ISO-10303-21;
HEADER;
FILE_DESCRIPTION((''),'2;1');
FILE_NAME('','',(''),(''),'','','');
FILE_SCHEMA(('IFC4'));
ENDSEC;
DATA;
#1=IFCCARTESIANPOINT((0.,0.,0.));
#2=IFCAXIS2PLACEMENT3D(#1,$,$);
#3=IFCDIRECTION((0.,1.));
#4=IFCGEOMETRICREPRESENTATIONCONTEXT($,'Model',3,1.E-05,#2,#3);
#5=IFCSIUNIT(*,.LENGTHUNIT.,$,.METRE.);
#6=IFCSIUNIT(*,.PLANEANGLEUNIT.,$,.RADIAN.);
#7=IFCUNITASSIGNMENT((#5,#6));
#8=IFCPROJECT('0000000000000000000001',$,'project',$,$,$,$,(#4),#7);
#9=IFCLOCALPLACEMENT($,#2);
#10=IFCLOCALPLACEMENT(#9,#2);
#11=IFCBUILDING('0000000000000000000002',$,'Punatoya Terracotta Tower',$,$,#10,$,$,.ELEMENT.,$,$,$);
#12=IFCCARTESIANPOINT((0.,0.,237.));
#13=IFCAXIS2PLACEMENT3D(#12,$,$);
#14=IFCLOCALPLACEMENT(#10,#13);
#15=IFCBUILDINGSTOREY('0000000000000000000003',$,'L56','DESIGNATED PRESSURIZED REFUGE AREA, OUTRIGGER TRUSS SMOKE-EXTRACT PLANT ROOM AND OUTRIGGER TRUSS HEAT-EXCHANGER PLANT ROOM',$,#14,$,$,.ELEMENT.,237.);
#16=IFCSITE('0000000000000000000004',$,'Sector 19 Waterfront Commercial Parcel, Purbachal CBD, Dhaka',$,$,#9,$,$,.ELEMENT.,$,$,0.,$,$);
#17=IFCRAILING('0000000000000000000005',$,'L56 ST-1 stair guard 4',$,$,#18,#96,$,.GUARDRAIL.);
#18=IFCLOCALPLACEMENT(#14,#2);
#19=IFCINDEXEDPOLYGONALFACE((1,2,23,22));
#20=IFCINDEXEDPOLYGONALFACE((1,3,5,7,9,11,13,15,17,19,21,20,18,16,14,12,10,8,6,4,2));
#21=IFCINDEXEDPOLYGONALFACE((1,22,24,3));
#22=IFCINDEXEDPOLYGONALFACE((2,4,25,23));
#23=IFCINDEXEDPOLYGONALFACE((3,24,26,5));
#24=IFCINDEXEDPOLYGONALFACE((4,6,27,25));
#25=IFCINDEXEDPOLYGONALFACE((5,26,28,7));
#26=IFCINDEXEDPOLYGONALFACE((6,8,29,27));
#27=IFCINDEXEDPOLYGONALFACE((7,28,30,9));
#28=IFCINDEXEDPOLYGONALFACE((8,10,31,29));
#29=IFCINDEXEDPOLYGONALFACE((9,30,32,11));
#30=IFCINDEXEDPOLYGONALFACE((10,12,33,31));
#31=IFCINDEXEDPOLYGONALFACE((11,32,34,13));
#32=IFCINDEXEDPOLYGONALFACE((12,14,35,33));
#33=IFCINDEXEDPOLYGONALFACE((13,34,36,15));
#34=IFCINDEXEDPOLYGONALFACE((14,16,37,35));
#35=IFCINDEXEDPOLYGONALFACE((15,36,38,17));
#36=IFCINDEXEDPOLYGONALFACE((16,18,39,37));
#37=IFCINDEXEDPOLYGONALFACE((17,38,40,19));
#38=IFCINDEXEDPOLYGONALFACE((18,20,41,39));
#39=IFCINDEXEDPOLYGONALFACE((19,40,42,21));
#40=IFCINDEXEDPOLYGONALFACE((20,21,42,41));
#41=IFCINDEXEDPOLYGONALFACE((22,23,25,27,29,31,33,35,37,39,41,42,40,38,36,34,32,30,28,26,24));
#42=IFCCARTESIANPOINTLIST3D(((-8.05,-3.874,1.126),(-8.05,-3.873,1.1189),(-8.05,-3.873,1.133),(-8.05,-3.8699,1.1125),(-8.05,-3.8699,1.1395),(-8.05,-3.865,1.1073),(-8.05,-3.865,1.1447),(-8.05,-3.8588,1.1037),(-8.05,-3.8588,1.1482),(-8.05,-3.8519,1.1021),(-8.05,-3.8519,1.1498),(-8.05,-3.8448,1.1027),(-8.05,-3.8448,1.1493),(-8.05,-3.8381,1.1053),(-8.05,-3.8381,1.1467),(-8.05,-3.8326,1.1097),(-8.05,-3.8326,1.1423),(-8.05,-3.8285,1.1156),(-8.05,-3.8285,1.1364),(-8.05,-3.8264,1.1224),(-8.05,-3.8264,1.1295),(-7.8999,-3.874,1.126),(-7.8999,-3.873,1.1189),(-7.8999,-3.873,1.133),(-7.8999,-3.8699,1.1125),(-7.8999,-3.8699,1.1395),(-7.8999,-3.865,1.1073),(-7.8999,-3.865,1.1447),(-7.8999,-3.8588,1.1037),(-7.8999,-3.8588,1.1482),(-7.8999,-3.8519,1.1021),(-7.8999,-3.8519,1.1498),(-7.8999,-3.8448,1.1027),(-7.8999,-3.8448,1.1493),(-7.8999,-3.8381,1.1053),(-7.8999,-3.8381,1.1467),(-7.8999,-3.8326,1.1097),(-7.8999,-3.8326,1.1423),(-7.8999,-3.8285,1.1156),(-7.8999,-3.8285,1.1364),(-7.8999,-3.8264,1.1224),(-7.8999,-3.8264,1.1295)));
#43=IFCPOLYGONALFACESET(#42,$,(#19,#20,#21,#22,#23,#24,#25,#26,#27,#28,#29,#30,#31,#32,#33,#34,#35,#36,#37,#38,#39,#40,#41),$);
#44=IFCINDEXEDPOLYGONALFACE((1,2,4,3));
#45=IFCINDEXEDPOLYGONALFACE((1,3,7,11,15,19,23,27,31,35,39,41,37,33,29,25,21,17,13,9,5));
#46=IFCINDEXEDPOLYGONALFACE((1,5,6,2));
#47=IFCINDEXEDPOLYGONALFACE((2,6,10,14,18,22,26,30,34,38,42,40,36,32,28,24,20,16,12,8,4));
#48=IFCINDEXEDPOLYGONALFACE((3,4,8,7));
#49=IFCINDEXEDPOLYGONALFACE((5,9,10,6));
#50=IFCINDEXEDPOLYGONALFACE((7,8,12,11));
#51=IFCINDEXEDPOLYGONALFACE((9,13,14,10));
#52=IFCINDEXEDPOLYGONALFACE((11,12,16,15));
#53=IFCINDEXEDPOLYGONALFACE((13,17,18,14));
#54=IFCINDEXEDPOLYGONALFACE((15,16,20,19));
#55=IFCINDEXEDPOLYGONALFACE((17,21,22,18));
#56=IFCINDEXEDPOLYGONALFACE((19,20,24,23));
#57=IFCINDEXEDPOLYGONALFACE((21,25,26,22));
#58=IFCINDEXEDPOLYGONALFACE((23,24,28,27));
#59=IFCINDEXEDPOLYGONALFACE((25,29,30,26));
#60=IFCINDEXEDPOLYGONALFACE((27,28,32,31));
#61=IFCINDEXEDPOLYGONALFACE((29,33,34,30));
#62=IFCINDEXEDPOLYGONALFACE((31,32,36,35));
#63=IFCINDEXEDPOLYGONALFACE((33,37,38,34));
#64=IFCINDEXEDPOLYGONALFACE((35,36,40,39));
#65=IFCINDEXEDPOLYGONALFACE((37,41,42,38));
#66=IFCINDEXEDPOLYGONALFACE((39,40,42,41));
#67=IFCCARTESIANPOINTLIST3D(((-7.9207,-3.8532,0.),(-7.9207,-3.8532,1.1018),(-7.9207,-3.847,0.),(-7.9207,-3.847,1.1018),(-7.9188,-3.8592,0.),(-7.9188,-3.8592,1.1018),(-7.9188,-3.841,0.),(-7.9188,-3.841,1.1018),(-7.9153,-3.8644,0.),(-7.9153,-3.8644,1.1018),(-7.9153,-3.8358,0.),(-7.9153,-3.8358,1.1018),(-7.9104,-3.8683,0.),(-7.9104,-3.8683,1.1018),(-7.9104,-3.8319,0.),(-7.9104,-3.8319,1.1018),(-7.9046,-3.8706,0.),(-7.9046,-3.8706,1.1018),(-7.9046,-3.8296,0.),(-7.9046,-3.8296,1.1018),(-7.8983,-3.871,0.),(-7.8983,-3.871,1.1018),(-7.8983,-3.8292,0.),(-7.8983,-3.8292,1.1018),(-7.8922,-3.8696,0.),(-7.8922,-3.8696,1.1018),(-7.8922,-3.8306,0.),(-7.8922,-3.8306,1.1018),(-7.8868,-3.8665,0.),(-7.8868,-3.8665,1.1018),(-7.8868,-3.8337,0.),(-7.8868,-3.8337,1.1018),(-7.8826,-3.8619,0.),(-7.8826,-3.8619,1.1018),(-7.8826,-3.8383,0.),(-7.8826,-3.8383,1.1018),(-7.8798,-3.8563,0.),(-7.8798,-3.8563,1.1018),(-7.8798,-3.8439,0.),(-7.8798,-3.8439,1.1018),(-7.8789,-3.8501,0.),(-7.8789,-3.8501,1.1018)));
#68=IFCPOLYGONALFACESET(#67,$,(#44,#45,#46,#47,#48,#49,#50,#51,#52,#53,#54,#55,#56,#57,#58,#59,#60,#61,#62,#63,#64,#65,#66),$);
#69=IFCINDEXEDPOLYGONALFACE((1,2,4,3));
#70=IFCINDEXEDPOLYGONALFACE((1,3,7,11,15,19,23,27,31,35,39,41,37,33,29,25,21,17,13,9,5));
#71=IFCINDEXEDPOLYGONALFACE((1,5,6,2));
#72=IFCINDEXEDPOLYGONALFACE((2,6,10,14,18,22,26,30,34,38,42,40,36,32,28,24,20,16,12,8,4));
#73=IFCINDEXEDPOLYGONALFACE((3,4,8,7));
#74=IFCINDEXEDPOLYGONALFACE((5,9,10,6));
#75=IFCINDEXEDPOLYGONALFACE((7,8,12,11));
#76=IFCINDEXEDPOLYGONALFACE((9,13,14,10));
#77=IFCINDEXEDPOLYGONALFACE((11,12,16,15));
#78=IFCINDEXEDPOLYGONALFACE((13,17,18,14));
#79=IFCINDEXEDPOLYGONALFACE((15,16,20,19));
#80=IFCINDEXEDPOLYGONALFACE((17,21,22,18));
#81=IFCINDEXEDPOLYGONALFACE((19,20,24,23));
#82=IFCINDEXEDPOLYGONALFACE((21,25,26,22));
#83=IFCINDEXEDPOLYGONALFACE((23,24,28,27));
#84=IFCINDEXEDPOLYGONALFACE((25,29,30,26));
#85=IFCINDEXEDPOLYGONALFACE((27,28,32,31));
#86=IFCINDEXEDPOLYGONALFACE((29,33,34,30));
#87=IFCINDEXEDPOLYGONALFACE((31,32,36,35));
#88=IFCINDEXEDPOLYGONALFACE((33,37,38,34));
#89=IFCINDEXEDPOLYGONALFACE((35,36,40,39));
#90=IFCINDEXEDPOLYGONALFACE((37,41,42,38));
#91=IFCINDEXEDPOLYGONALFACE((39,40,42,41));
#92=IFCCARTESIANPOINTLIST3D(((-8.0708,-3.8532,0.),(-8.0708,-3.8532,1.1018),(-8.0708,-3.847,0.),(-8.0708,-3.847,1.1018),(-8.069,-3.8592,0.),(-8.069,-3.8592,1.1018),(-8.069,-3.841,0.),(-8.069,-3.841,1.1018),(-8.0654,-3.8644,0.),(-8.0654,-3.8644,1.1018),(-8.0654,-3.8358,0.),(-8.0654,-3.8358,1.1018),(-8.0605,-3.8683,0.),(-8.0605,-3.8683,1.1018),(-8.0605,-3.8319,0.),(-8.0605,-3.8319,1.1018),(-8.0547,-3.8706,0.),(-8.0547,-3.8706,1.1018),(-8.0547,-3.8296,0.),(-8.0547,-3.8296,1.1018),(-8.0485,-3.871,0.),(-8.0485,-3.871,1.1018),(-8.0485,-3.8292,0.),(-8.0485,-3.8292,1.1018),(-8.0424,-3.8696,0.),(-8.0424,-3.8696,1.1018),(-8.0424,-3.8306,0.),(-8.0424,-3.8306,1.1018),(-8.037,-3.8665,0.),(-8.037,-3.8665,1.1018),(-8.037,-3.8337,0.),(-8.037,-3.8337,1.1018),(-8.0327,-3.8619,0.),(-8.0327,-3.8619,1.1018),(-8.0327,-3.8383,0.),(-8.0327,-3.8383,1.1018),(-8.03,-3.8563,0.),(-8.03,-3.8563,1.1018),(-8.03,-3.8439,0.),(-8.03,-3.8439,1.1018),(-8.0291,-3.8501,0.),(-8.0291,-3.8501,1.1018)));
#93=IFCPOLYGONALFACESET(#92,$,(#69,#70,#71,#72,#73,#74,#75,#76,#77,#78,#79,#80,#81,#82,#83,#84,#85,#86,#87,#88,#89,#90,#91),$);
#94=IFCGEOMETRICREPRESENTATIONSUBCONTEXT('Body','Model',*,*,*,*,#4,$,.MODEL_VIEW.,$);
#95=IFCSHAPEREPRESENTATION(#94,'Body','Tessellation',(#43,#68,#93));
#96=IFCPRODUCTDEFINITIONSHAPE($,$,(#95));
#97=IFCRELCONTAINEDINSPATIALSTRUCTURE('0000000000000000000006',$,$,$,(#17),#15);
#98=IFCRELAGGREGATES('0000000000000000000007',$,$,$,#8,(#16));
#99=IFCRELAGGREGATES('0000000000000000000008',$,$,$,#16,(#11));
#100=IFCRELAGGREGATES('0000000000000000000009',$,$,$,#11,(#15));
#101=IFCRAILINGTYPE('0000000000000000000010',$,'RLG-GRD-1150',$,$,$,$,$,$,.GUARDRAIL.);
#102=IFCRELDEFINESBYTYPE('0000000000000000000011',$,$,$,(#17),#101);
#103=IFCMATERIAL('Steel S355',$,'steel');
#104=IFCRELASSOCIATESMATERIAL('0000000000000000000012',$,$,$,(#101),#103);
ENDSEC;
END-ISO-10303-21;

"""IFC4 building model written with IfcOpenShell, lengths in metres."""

from ifc_helpers import new_model, si_unit, direction, frame, origin, origin_2d, place, context, subcontext, project, spatial, circle, extrude, material, type_object, element, save


model = new_model("IFC4")

# Units and contexts
model_context = context("Model", 3, precision=1e-05, world=origin(), true_north=direction((0.0, 1.0)))
body_context = subcontext(model_context, "Body", "Model", "MODEL_VIEW")
ifc_project = project(units=[si_unit("LENGTHUNIT", "METRE"), si_unit("PLANEANGLEUNIT", "RADIAN")], contexts=[model_context])

# Site, building, storey
site_placement = place(None, origin())
site = spatial("IfcSite", under=ifc_project, at=site_placement, Name="Sector 19 Waterfront Commercial Parcel, Purbachal CBD, Dhaka", CompositionType="ELEMENT", RefElevation=0.0)
building_placement = place(site_placement, origin())
building = spatial("IfcBuilding", under=site, at=building_placement, Name="Punatoya Terracotta Tower", CompositionType="ELEMENT")
storey_placement = place(building_placement, frame((0.0, 0.0, 237.0)))
storey = spatial("IfcBuildingStorey", under=building, at=storey_placement, Name="L56", Description="DESIGNATED PRESSURIZED REFUGE AREA, OUTRIGGER TRUSS SMOKE-EXTRACT PLANT ROOM AND OUTRIGGER TRUSS HEAT-EXCHANGER PLANT ROOM", CompositionType="ELEMENT", Elevation=237.0)

# Railing
ifc_material_1 = material(Name="Steel S355", Category="steel")
railing_type_1 = type_object("IfcRailingType", Name="RLG-GRD-1150", PredefinedType="GUARDRAIL", material=ifc_material_1)
railing_1_placement = place(storey_placement, frame((-7.8999, -3.8501, 0.0)))
element("IfcRailing", 1, at=railing_1_placement, inside=storey, type_object=railing_type_1, Name="L56 ST-1 stair guard 4", PredefinedType="GUARDRAIL", context=body_context, shape_type="SweptSolid", body=[
    extrude(circle(Radius=0.0239, at=origin_2d()), frame((0.0, 0.0, 1.126), z_axis=(-1.0, 0.0, 0.0), x_axis=(0.0, -1.0, 0.0)), (0.0, 0.0, 1.0), 0.1501),
    extrude(circle(Radius=0.021, at=origin_2d()), origin(), (0.0, 0.0, 1.0), 1.1018),
    extrude(circle(Radius=0.021, at=origin_2d()), frame((-0.1501, 0.0, 0.0)), (0.0, 0.0, 1.0), 1.1018),
])

save(model, "model.ifc")
